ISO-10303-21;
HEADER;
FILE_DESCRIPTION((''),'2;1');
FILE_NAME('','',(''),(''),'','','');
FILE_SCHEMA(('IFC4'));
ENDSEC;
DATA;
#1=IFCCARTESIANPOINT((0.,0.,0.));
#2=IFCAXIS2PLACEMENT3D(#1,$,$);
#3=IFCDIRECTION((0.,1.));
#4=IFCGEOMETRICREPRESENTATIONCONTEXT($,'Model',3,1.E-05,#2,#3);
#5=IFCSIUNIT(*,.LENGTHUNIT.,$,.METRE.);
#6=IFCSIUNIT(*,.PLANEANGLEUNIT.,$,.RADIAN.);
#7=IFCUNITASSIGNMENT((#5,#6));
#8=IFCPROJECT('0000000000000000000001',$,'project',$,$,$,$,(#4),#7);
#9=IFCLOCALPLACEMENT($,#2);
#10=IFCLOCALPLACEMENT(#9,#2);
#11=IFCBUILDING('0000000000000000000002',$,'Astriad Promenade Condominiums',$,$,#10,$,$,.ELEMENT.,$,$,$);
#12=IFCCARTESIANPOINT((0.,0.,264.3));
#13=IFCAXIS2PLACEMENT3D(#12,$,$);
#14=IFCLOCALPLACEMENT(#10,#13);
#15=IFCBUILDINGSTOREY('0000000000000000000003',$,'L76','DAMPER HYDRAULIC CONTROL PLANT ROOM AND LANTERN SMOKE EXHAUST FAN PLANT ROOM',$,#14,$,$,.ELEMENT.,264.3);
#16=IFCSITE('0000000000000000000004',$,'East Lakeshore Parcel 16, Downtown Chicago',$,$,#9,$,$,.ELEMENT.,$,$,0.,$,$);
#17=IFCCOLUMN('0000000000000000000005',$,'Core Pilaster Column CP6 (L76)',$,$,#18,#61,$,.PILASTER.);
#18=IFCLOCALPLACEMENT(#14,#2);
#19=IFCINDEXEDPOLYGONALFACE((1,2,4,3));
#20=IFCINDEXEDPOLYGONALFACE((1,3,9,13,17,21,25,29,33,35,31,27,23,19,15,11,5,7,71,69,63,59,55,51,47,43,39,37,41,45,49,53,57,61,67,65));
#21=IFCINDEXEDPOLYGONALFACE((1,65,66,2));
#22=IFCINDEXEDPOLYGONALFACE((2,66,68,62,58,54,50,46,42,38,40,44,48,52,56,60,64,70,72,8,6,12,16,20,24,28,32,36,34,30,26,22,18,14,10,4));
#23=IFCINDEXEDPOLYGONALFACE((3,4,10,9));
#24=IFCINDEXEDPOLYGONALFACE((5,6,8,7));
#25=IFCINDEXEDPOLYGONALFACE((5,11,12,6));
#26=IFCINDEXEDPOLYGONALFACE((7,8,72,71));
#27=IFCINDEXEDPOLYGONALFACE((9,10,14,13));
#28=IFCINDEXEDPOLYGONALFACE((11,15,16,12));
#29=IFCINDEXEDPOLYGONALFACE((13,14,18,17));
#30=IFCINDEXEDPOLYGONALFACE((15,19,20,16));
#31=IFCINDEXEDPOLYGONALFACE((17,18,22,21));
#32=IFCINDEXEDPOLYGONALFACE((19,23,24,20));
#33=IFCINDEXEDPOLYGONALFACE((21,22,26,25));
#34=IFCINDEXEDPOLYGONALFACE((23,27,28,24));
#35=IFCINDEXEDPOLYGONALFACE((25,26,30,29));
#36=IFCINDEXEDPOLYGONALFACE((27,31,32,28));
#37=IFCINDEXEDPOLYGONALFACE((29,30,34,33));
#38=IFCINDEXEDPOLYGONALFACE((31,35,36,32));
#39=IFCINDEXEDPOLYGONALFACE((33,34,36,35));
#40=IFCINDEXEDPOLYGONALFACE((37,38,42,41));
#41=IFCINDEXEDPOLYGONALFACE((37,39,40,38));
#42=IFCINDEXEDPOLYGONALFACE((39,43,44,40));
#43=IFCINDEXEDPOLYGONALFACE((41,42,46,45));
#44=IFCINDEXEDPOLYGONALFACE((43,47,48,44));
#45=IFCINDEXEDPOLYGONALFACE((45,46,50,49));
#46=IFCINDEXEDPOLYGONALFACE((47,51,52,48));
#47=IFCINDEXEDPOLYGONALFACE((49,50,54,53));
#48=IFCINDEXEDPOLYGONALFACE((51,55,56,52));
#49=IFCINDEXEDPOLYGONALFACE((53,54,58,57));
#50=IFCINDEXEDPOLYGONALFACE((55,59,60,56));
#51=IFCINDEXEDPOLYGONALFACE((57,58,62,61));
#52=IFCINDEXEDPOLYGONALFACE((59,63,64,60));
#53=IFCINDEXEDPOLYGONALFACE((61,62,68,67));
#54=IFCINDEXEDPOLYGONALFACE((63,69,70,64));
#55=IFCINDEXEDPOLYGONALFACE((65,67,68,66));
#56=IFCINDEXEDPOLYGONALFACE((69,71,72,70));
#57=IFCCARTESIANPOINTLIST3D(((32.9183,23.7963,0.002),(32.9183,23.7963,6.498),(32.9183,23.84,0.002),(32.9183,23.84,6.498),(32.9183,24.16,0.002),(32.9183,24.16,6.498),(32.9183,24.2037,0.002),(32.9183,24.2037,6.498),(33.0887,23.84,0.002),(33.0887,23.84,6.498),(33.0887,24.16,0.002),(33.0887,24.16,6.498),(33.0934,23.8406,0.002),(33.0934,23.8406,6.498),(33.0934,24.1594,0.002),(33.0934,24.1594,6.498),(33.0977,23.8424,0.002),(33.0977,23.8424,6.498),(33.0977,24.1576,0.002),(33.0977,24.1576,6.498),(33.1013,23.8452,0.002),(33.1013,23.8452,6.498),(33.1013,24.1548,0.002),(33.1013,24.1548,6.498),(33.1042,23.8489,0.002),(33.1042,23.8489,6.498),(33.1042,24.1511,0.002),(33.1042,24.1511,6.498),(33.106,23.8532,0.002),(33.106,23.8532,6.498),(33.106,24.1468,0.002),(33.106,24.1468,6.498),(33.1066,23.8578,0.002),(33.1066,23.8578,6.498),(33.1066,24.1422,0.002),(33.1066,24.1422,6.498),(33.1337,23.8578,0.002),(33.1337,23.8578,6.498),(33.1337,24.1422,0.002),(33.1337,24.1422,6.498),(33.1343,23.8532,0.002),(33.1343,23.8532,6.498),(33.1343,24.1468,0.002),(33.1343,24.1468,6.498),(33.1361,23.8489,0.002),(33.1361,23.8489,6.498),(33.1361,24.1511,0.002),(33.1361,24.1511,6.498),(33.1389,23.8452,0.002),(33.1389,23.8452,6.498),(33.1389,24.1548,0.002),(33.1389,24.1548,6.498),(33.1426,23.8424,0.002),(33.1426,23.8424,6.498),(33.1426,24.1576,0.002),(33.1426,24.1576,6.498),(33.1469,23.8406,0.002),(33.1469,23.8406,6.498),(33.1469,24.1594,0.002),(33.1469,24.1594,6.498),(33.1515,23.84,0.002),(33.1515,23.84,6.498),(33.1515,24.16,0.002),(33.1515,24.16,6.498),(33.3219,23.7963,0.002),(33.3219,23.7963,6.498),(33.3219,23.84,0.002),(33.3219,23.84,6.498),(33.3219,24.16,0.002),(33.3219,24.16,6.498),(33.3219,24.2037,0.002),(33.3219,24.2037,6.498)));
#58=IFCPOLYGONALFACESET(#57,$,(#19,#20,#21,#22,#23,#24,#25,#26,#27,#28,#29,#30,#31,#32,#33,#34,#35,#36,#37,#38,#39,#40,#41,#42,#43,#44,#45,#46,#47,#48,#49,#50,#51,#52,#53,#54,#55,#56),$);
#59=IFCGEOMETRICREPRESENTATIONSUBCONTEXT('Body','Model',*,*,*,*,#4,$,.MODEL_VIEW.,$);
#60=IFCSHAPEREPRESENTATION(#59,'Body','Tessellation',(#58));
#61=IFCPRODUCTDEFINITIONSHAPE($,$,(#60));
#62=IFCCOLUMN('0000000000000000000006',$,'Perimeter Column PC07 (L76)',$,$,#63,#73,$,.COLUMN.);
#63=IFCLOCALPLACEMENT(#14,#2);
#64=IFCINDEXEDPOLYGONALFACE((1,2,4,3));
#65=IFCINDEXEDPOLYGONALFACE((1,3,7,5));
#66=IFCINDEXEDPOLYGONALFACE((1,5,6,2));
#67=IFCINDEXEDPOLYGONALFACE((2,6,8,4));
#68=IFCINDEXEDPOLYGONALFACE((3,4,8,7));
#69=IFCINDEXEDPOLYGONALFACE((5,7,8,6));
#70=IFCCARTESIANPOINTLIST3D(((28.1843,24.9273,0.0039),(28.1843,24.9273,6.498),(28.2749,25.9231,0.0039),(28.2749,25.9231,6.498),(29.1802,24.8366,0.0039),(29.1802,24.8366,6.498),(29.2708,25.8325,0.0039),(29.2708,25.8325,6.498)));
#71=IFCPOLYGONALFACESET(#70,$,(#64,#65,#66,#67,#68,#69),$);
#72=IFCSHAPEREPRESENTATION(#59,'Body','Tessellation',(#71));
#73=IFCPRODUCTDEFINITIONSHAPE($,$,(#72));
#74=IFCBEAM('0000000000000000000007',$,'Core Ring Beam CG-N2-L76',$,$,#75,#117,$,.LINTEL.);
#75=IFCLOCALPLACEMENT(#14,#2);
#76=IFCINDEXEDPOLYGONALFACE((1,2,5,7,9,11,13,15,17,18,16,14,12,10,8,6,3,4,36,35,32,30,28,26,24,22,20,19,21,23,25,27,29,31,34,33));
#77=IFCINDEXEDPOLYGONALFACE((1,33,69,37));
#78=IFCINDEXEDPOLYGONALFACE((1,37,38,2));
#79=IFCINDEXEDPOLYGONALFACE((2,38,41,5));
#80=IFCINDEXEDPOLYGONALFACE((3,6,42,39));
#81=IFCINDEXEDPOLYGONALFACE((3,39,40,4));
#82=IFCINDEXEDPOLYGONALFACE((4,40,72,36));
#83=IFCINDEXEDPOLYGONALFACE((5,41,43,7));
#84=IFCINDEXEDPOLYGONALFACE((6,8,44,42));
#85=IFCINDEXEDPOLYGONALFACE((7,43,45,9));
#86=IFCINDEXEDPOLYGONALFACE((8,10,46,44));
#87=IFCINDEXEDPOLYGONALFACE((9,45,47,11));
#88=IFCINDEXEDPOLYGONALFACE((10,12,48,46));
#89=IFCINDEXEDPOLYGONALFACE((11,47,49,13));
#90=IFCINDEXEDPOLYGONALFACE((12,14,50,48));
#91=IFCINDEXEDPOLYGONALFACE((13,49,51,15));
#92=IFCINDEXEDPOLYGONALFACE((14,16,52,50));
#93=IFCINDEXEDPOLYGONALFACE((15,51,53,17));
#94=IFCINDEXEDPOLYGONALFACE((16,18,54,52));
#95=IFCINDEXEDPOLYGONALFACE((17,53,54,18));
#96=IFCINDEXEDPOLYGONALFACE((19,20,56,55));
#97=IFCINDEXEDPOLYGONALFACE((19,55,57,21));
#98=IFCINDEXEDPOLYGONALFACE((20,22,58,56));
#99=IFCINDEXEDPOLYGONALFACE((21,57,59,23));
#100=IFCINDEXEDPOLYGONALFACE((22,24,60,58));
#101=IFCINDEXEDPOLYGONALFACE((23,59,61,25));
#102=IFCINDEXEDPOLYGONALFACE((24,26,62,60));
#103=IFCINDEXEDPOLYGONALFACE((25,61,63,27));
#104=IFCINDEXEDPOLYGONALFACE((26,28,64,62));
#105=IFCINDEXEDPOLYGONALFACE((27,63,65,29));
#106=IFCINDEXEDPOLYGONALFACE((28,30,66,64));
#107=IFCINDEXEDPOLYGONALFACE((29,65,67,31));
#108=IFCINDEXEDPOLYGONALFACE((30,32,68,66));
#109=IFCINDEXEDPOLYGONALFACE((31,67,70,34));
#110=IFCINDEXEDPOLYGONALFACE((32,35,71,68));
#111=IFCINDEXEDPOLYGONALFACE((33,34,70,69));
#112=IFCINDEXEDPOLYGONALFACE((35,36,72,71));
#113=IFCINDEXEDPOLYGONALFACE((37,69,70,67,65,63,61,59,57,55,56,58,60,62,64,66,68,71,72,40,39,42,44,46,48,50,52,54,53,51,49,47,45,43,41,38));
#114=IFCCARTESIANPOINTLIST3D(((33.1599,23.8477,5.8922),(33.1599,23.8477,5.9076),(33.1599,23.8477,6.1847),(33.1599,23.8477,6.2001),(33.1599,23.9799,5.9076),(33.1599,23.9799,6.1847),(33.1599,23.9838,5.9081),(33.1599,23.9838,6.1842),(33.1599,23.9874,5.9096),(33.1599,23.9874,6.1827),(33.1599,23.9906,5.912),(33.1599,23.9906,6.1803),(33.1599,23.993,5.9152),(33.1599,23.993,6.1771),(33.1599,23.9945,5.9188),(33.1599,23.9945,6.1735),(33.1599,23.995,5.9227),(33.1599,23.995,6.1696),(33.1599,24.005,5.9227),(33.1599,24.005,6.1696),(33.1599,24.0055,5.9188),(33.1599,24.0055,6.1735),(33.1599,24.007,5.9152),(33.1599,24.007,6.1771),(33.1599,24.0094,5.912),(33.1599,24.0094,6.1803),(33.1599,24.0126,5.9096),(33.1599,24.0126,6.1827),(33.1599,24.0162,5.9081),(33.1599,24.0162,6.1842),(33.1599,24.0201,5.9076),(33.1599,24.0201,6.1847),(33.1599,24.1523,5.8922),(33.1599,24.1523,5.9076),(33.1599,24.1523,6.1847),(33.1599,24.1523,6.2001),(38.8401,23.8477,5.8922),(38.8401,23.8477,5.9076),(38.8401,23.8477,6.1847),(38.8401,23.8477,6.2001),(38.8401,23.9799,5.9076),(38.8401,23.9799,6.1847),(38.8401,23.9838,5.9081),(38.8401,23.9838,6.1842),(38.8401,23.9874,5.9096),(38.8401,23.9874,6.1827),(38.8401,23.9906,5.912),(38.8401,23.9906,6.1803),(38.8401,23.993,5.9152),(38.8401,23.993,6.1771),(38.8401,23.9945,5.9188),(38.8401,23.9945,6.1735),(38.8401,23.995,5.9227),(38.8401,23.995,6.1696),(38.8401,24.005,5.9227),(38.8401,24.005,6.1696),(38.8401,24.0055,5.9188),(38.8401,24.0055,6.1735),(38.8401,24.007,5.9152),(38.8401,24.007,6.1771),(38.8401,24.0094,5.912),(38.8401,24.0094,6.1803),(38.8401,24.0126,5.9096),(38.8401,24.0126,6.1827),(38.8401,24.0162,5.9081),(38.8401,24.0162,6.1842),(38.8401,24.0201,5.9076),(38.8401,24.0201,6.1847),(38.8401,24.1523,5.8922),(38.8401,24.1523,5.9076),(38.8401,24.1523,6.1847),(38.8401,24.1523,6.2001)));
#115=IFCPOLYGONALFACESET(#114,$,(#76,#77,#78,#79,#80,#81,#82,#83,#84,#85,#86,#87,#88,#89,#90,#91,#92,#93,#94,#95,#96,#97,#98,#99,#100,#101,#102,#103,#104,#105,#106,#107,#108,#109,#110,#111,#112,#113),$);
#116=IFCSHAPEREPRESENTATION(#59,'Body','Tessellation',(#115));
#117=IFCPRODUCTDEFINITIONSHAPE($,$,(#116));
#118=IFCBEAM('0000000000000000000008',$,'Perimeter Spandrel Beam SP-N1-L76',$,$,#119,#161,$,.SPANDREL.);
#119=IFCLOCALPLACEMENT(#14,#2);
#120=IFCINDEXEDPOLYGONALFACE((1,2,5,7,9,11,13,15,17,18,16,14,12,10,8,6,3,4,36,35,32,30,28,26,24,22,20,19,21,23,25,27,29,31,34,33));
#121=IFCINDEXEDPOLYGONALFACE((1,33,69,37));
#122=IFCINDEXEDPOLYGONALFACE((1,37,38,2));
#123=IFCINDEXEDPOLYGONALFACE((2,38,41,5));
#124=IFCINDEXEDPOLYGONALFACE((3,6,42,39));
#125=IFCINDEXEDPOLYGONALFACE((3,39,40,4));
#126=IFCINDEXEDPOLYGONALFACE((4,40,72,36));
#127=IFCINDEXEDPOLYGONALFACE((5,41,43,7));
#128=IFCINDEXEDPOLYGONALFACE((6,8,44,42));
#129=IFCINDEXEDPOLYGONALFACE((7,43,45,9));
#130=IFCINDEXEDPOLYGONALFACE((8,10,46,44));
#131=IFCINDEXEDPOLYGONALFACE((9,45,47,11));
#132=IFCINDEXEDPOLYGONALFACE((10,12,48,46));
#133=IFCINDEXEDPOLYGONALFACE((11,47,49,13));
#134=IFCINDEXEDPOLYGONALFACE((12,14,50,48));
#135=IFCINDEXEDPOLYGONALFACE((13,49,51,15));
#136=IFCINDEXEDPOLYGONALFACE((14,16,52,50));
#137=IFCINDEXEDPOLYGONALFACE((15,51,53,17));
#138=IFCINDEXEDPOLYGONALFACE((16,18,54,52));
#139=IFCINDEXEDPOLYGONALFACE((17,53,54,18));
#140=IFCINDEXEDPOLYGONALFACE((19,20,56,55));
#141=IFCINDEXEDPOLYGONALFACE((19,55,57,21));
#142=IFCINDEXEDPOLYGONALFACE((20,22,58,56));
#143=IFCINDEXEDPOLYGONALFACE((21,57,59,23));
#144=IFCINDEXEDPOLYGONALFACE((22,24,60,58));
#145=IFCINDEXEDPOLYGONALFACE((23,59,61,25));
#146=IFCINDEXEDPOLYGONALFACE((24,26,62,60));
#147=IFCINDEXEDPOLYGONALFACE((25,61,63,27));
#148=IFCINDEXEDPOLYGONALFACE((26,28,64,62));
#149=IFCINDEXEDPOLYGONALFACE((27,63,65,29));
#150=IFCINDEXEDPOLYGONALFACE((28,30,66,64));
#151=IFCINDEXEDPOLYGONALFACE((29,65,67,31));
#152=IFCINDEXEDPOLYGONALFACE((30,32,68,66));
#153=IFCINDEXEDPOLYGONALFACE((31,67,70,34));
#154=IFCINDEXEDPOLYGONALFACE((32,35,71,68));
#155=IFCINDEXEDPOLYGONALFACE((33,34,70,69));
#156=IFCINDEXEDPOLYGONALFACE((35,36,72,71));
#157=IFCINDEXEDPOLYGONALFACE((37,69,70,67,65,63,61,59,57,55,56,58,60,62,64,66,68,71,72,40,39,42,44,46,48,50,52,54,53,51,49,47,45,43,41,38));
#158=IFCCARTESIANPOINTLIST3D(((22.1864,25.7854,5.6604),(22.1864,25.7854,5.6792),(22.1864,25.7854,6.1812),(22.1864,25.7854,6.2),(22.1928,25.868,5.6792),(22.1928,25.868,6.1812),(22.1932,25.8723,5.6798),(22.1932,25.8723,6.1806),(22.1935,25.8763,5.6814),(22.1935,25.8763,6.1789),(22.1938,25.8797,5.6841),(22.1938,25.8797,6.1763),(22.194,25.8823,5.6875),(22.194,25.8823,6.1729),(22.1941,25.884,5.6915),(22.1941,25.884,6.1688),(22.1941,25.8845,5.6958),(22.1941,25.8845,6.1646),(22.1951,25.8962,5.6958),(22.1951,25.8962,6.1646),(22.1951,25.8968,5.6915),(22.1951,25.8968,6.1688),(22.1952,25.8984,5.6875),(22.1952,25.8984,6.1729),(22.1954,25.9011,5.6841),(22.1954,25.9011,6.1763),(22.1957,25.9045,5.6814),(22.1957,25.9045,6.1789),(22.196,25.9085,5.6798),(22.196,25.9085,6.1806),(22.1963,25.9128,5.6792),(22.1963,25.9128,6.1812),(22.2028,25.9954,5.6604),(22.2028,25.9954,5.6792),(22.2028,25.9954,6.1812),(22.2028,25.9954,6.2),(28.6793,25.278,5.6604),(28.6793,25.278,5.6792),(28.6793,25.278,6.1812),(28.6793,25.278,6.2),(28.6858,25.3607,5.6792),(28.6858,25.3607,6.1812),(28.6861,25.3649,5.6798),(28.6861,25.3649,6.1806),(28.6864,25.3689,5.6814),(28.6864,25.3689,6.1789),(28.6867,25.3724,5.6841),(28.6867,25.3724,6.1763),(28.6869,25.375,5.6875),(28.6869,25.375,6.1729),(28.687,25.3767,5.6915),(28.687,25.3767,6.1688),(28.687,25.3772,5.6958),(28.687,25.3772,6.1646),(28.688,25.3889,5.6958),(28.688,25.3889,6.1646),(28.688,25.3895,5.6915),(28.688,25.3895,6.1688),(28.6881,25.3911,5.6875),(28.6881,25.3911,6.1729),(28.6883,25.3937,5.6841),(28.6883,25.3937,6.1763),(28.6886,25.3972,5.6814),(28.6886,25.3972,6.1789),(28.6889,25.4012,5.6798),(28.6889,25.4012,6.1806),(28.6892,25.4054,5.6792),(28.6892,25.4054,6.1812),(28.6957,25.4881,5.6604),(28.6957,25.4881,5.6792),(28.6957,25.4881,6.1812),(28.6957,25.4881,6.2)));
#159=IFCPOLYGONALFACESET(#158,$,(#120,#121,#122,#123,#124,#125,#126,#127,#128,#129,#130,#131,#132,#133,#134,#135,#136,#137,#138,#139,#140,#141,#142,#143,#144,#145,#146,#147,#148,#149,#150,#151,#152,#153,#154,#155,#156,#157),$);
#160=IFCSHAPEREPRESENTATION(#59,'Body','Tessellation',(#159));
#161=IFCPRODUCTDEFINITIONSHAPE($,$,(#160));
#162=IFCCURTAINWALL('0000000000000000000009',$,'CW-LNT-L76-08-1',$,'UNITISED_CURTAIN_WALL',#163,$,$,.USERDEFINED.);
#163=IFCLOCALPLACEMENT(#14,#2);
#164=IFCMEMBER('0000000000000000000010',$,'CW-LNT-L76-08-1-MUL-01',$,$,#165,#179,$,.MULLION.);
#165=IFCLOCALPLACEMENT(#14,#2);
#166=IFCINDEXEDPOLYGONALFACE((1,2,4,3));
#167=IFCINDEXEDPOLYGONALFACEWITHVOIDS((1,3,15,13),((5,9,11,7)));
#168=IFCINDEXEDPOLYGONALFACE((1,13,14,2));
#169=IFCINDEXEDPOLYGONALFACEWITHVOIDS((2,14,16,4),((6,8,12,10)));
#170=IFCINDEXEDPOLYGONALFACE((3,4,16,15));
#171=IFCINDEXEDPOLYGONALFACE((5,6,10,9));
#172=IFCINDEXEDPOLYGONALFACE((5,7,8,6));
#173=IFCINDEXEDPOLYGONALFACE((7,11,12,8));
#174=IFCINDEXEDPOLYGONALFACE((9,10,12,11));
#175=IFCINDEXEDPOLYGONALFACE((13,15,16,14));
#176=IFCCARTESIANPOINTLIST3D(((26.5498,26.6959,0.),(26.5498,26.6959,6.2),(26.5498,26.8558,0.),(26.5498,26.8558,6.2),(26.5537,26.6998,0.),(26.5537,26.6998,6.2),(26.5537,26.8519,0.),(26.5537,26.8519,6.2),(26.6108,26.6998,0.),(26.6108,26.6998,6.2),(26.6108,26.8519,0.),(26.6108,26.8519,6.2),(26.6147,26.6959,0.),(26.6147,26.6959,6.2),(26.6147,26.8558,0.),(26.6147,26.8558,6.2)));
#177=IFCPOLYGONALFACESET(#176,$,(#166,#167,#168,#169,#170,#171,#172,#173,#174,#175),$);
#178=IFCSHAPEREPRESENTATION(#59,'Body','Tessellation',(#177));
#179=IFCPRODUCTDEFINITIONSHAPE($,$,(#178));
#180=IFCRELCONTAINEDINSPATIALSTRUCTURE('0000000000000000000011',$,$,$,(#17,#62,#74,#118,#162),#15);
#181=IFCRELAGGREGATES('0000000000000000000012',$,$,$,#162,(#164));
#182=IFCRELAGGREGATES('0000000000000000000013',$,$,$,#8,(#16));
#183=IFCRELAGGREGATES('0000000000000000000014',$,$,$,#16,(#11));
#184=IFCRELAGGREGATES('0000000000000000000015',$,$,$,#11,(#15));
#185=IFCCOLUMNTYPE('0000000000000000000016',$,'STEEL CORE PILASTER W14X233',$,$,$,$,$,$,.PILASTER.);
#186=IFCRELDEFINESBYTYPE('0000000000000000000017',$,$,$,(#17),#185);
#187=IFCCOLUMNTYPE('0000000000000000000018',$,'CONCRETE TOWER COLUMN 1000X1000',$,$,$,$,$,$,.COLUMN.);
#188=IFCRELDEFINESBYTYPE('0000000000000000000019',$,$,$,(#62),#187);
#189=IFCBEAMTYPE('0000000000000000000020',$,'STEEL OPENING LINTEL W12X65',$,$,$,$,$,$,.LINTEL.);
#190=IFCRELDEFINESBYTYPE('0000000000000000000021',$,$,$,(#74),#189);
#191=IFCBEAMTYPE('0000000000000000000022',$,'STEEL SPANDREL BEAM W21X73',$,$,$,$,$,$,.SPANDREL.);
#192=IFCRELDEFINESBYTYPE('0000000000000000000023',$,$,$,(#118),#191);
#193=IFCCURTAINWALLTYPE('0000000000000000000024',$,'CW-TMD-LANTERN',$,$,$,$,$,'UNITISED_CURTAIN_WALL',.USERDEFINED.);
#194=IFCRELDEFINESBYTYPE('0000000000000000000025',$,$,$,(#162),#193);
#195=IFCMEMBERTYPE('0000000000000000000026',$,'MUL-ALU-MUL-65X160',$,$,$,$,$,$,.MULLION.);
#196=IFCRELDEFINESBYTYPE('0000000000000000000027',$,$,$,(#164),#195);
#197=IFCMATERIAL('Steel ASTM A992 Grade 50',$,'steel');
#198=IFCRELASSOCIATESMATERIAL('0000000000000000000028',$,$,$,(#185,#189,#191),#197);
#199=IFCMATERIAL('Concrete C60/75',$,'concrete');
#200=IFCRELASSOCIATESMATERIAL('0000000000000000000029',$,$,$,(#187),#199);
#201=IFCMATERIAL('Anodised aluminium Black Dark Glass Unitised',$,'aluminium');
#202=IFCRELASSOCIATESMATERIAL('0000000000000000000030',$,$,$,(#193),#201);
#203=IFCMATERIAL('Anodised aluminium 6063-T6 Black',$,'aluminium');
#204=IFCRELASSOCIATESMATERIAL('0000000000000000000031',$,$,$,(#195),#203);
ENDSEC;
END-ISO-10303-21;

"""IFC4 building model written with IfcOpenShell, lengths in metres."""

from ifc_helpers import new_model, si_unit, direction, frame, origin, origin_2d, place, context, subcontext, project, spatial, rectangle, hollow_rectangle, i_section, extrude, source, transform, mapped, material, material_profile, profile_set, type_object, type_shapes, element, aggregate, save


model = new_model("IFC4")

# Units and contexts
model_context = context("Model", 3, precision=1e-05, world=origin(), true_north=direction((0.0, 1.0)))
body_context = subcontext(model_context, "Body", "Model", "MODEL_VIEW")
ifc_project = project(units=[si_unit("LENGTHUNIT", "METRE"), si_unit("PLANEANGLEUNIT", "RADIAN")], contexts=[model_context])

# Site, building, storey
site_placement = place(None, origin())
site = spatial("IfcSite", under=ifc_project, at=site_placement, Name="East Lakeshore Parcel 16, Downtown Chicago", CompositionType="ELEMENT", RefElevation=0.0)
building_placement = place(site_placement, origin())
building = spatial("IfcBuilding", under=site, at=building_placement, Name="Astriad Promenade Condominiums", CompositionType="ELEMENT")
storey_placement = place(building_placement, frame((0.0, 0.0, 264.3)))
storey = spatial("IfcBuildingStorey", under=building, at=storey_placement, Name="L76", Description="DAMPER HYDRAULIC CONTROL PLANT ROOM AND LANTERN SMOKE EXHAUST FAN PLANT ROOM", CompositionType="ELEMENT", Elevation=264.3)

# Columns
ifc_material_1 = material(Name="Steel ASTM A992 Grade 50", Category="steel")
ifc_material_profile_1 = material_profile(ifc_material_1, i_section(OverallWidth=0.4036, OverallDepth=0.4075, WebThickness=0.0271, FlangeThickness=0.0437, FilletRadius=0.0178, at=origin_2d()), Name="W14X233")
ifc_profile_set_1 = profile_set([ifc_material_profile_1], Name="Steel ASTM A992 Grade 50")
column_type_1 = type_object("IfcColumnType", Name="STEEL CORE PILASTER W14X233", PredefinedType="PILASTER", material=ifc_profile_set_1)
shared_shape_1 = source(origin(), body_context, "Body", "SweptSolid", [
    extrude(i_section(OverallWidth=0.4036, OverallDepth=0.4075, WebThickness=0.0271, FlangeThickness=0.0437, FilletRadius=0.0178, at=origin_2d()), origin(), (0.0, 0.0, 1.0), 6.4961),
])
type_shapes(column_type_1, [shared_shape_1])
column_1_placement = place(storey_placement, frame((33.1201, 24.0, 0.002), z_axis=(0.0, 0.0, 1.0), x_axis=(1.0, 0.0, 0.0)))
element("IfcColumn", 1, at=column_1_placement, inside=storey, type_object=column_type_1, Name="Core Pilaster Column CP6 (L76)", PredefinedType="PILASTER", context=body_context, shape_type="MappedRepresentation", body=[
    mapped(shared_shape_1, transform((0.0, 0.0, 0.0), scale=1.0)),
])
ifc_material_2 = material(Name="Concrete C60/75", Category="concrete")
ifc_material_profile_2 = material_profile(ifc_material_2, rectangle(XDim=1.0, YDim=1.0, at=origin_2d()), Name="RC-COL-1000X1000")
ifc_profile_set_2 = profile_set([ifc_material_profile_2], Name="Concrete C60/75")
column_type_2 = type_object("IfcColumnType", Name="CONCRETE TOWER COLUMN 1000X1000", PredefinedType="COLUMN", material=ifc_profile_set_2)
shared_shape_2 = source(origin(), body_context, "Body", "SweptSolid", [
    extrude(rectangle(XDim=1.0, YDim=1.0, at=origin_2d()), origin(), (0.0, 0.0, 1.0), 6.4941),
])
type_shapes(column_type_2, [shared_shape_2])
column_2_placement = place(storey_placement, frame((28.7275, 25.3799, 0.0039), z_axis=(0.0, 0.0, 1.0), x_axis=(0.995884, -0.090633, 0.0)))
element("IfcColumn", 2, at=column_2_placement, inside=storey, type_object=column_type_2, Name="Perimeter Column PC07 (L76)", PredefinedType="COLUMN", context=body_context, shape_type="MappedRepresentation", body=[
    mapped(shared_shape_2, transform((0.0, 0.0, 0.0), scale=1.0)),
])

# Beams
ifc_material_profile_3 = material_profile(ifc_material_1, i_section(OverallWidth=0.3047, OverallDepth=0.3079, WebThickness=0.01, FlangeThickness=0.0154, FilletRadius=0.0151, at=origin_2d()), Name="W12X65")
ifc_profile_set_3 = profile_set([ifc_material_profile_3], Name="Steel ASTM A992 Grade 50")
beam_type_1 = type_object("IfcBeamType", Name="STEEL OPENING LINTEL W12X65", PredefinedType="LINTEL", material=ifc_profile_set_3)
shared_shape_3 = source(origin(), body_context, "Body", "SweptSolid", [
    extrude(i_section(OverallWidth=0.3047, OverallDepth=0.3079, WebThickness=0.01, FlangeThickness=0.0154, FilletRadius=0.0151, at=origin_2d()), origin(), (0.0, 0.0, 1.0), 5.6802),
])
type_shapes(beam_type_1, [shared_shape_3])
beam_1_placement = place(storey_placement, frame((33.1599, 24.0, 6.0461), z_axis=(1.0, 0.0, 0.0), x_axis=(0.0, 1.0, 0.0)))
element("IfcBeam", 3, at=beam_1_placement, inside=storey, type_object=beam_type_1, Name="Core Ring Beam CG-N2-L76", PredefinedType="LINTEL", context=body_context, shape_type="MappedRepresentation", body=[
    mapped(shared_shape_3, transform((0.0, 0.0, 0.0), scale=1.0)),
])
ifc_material_profile_4 = material_profile(ifc_material_1, i_section(OverallWidth=0.2107, OverallDepth=0.5396, WebThickness=0.0117, FlangeThickness=0.0188, FilletRadius=0.0166, at=origin_2d()), Name="W21X73")
ifc_profile_set_4 = profile_set([ifc_material_profile_4], Name="Steel ASTM A992 Grade 50")
beam_type_2 = type_object("IfcBeamType", Name="STEEL SPANDREL BEAM W21X73", PredefinedType="SPANDREL", material=ifc_profile_set_4)
shared_shape_4 = source(origin(), body_context, "Body", "SweptSolid", [
    extrude(i_section(OverallWidth=0.2107, OverallDepth=0.5396, WebThickness=0.0117, FlangeThickness=0.0188, FilletRadius=0.0166, at=origin_2d()), origin(), (0.0, 0.0, 1.0), 6.5127),
])
type_shapes(beam_type_2, [shared_shape_4])
beam_2_placement = place(storey_placement, frame((28.6875, 25.3831, 5.9302), z_axis=(-0.996961, 0.077898, 0.0), x_axis=(-0.077898, -0.996961, 0.0)))
element("IfcBeam", 4, at=beam_2_placement, inside=storey, type_object=beam_type_2, Name="Perimeter Spandrel Beam SP-N1-L76", PredefinedType="SPANDREL", context=body_context, shape_type="MappedRepresentation", body=[
    mapped(shared_shape_4, transform((0.0, 0.0, 0.0), scale=1.0)),
])

# Curtain wall, member
ifc_material_3 = material(Name="Anodised aluminium Black Dark Glass Unitised", Category="aluminium")
curtain_wall_type = type_object("IfcCurtainWallType", Name="CW-TMD-LANTERN", ElementType="UNITISED_CURTAIN_WALL", PredefinedType="USERDEFINED", material=ifc_material_3)
curtain_wall_placement = place(storey_placement, origin())
curtain_wall = element("IfcCurtainWall", 5, at=curtain_wall_placement, inside=storey, type_object=curtain_wall_type, Name="CW-LNT-L76-08-1", ObjectType="UNITISED_CURTAIN_WALL", PredefinedType="USERDEFINED")
ifc_material_4 = material(Name="Anodised aluminium 6063-T6 Black", Category="aluminium")
ifc_material_profile_5 = material_profile(ifc_material_4, hollow_rectangle(XDim=0.0649, YDim=0.1599, WallThickness=0.0039, at=origin_2d()), Name="ALU-MUL-65X160")
ifc_profile_set_5 = profile_set([ifc_material_profile_5], Name="Anodised aluminium 6063-T6 Black")
member_type_1 = type_object("IfcMemberType", Name="MUL-ALU-MUL-65X160", PredefinedType="MULLION", material=ifc_profile_set_5)
shared_shape_5 = source(origin(), body_context, "Body", "SweptSolid", [
    extrude(hollow_rectangle(XDim=0.0649, YDim=0.1599, WallThickness=0.0039, at=origin_2d()), origin(), (0.0, 0.0, 1.0), 6.2),
])
type_shapes(member_type_1, [shared_shape_5])
member_1_placement = place(storey_placement, frame((26.5823, 26.7759, 0.0), z_axis=(0.0, 0.0, 1.0), x_axis=(1.0, 0.0, 0.0)))
member_1 = element("IfcMember", 6, at=member_1_placement, type_object=member_type_1, Name="CW-LNT-L76-08-1-MUL-01", PredefinedType="MULLION", context=body_context, shape_type="MappedRepresentation", body=[
    mapped(shared_shape_5, transform((0.0, 0.0, 0.0), scale=1.0)),
])
aggregate(curtain_wall, [member_1])

save(model, "model.ifc")
